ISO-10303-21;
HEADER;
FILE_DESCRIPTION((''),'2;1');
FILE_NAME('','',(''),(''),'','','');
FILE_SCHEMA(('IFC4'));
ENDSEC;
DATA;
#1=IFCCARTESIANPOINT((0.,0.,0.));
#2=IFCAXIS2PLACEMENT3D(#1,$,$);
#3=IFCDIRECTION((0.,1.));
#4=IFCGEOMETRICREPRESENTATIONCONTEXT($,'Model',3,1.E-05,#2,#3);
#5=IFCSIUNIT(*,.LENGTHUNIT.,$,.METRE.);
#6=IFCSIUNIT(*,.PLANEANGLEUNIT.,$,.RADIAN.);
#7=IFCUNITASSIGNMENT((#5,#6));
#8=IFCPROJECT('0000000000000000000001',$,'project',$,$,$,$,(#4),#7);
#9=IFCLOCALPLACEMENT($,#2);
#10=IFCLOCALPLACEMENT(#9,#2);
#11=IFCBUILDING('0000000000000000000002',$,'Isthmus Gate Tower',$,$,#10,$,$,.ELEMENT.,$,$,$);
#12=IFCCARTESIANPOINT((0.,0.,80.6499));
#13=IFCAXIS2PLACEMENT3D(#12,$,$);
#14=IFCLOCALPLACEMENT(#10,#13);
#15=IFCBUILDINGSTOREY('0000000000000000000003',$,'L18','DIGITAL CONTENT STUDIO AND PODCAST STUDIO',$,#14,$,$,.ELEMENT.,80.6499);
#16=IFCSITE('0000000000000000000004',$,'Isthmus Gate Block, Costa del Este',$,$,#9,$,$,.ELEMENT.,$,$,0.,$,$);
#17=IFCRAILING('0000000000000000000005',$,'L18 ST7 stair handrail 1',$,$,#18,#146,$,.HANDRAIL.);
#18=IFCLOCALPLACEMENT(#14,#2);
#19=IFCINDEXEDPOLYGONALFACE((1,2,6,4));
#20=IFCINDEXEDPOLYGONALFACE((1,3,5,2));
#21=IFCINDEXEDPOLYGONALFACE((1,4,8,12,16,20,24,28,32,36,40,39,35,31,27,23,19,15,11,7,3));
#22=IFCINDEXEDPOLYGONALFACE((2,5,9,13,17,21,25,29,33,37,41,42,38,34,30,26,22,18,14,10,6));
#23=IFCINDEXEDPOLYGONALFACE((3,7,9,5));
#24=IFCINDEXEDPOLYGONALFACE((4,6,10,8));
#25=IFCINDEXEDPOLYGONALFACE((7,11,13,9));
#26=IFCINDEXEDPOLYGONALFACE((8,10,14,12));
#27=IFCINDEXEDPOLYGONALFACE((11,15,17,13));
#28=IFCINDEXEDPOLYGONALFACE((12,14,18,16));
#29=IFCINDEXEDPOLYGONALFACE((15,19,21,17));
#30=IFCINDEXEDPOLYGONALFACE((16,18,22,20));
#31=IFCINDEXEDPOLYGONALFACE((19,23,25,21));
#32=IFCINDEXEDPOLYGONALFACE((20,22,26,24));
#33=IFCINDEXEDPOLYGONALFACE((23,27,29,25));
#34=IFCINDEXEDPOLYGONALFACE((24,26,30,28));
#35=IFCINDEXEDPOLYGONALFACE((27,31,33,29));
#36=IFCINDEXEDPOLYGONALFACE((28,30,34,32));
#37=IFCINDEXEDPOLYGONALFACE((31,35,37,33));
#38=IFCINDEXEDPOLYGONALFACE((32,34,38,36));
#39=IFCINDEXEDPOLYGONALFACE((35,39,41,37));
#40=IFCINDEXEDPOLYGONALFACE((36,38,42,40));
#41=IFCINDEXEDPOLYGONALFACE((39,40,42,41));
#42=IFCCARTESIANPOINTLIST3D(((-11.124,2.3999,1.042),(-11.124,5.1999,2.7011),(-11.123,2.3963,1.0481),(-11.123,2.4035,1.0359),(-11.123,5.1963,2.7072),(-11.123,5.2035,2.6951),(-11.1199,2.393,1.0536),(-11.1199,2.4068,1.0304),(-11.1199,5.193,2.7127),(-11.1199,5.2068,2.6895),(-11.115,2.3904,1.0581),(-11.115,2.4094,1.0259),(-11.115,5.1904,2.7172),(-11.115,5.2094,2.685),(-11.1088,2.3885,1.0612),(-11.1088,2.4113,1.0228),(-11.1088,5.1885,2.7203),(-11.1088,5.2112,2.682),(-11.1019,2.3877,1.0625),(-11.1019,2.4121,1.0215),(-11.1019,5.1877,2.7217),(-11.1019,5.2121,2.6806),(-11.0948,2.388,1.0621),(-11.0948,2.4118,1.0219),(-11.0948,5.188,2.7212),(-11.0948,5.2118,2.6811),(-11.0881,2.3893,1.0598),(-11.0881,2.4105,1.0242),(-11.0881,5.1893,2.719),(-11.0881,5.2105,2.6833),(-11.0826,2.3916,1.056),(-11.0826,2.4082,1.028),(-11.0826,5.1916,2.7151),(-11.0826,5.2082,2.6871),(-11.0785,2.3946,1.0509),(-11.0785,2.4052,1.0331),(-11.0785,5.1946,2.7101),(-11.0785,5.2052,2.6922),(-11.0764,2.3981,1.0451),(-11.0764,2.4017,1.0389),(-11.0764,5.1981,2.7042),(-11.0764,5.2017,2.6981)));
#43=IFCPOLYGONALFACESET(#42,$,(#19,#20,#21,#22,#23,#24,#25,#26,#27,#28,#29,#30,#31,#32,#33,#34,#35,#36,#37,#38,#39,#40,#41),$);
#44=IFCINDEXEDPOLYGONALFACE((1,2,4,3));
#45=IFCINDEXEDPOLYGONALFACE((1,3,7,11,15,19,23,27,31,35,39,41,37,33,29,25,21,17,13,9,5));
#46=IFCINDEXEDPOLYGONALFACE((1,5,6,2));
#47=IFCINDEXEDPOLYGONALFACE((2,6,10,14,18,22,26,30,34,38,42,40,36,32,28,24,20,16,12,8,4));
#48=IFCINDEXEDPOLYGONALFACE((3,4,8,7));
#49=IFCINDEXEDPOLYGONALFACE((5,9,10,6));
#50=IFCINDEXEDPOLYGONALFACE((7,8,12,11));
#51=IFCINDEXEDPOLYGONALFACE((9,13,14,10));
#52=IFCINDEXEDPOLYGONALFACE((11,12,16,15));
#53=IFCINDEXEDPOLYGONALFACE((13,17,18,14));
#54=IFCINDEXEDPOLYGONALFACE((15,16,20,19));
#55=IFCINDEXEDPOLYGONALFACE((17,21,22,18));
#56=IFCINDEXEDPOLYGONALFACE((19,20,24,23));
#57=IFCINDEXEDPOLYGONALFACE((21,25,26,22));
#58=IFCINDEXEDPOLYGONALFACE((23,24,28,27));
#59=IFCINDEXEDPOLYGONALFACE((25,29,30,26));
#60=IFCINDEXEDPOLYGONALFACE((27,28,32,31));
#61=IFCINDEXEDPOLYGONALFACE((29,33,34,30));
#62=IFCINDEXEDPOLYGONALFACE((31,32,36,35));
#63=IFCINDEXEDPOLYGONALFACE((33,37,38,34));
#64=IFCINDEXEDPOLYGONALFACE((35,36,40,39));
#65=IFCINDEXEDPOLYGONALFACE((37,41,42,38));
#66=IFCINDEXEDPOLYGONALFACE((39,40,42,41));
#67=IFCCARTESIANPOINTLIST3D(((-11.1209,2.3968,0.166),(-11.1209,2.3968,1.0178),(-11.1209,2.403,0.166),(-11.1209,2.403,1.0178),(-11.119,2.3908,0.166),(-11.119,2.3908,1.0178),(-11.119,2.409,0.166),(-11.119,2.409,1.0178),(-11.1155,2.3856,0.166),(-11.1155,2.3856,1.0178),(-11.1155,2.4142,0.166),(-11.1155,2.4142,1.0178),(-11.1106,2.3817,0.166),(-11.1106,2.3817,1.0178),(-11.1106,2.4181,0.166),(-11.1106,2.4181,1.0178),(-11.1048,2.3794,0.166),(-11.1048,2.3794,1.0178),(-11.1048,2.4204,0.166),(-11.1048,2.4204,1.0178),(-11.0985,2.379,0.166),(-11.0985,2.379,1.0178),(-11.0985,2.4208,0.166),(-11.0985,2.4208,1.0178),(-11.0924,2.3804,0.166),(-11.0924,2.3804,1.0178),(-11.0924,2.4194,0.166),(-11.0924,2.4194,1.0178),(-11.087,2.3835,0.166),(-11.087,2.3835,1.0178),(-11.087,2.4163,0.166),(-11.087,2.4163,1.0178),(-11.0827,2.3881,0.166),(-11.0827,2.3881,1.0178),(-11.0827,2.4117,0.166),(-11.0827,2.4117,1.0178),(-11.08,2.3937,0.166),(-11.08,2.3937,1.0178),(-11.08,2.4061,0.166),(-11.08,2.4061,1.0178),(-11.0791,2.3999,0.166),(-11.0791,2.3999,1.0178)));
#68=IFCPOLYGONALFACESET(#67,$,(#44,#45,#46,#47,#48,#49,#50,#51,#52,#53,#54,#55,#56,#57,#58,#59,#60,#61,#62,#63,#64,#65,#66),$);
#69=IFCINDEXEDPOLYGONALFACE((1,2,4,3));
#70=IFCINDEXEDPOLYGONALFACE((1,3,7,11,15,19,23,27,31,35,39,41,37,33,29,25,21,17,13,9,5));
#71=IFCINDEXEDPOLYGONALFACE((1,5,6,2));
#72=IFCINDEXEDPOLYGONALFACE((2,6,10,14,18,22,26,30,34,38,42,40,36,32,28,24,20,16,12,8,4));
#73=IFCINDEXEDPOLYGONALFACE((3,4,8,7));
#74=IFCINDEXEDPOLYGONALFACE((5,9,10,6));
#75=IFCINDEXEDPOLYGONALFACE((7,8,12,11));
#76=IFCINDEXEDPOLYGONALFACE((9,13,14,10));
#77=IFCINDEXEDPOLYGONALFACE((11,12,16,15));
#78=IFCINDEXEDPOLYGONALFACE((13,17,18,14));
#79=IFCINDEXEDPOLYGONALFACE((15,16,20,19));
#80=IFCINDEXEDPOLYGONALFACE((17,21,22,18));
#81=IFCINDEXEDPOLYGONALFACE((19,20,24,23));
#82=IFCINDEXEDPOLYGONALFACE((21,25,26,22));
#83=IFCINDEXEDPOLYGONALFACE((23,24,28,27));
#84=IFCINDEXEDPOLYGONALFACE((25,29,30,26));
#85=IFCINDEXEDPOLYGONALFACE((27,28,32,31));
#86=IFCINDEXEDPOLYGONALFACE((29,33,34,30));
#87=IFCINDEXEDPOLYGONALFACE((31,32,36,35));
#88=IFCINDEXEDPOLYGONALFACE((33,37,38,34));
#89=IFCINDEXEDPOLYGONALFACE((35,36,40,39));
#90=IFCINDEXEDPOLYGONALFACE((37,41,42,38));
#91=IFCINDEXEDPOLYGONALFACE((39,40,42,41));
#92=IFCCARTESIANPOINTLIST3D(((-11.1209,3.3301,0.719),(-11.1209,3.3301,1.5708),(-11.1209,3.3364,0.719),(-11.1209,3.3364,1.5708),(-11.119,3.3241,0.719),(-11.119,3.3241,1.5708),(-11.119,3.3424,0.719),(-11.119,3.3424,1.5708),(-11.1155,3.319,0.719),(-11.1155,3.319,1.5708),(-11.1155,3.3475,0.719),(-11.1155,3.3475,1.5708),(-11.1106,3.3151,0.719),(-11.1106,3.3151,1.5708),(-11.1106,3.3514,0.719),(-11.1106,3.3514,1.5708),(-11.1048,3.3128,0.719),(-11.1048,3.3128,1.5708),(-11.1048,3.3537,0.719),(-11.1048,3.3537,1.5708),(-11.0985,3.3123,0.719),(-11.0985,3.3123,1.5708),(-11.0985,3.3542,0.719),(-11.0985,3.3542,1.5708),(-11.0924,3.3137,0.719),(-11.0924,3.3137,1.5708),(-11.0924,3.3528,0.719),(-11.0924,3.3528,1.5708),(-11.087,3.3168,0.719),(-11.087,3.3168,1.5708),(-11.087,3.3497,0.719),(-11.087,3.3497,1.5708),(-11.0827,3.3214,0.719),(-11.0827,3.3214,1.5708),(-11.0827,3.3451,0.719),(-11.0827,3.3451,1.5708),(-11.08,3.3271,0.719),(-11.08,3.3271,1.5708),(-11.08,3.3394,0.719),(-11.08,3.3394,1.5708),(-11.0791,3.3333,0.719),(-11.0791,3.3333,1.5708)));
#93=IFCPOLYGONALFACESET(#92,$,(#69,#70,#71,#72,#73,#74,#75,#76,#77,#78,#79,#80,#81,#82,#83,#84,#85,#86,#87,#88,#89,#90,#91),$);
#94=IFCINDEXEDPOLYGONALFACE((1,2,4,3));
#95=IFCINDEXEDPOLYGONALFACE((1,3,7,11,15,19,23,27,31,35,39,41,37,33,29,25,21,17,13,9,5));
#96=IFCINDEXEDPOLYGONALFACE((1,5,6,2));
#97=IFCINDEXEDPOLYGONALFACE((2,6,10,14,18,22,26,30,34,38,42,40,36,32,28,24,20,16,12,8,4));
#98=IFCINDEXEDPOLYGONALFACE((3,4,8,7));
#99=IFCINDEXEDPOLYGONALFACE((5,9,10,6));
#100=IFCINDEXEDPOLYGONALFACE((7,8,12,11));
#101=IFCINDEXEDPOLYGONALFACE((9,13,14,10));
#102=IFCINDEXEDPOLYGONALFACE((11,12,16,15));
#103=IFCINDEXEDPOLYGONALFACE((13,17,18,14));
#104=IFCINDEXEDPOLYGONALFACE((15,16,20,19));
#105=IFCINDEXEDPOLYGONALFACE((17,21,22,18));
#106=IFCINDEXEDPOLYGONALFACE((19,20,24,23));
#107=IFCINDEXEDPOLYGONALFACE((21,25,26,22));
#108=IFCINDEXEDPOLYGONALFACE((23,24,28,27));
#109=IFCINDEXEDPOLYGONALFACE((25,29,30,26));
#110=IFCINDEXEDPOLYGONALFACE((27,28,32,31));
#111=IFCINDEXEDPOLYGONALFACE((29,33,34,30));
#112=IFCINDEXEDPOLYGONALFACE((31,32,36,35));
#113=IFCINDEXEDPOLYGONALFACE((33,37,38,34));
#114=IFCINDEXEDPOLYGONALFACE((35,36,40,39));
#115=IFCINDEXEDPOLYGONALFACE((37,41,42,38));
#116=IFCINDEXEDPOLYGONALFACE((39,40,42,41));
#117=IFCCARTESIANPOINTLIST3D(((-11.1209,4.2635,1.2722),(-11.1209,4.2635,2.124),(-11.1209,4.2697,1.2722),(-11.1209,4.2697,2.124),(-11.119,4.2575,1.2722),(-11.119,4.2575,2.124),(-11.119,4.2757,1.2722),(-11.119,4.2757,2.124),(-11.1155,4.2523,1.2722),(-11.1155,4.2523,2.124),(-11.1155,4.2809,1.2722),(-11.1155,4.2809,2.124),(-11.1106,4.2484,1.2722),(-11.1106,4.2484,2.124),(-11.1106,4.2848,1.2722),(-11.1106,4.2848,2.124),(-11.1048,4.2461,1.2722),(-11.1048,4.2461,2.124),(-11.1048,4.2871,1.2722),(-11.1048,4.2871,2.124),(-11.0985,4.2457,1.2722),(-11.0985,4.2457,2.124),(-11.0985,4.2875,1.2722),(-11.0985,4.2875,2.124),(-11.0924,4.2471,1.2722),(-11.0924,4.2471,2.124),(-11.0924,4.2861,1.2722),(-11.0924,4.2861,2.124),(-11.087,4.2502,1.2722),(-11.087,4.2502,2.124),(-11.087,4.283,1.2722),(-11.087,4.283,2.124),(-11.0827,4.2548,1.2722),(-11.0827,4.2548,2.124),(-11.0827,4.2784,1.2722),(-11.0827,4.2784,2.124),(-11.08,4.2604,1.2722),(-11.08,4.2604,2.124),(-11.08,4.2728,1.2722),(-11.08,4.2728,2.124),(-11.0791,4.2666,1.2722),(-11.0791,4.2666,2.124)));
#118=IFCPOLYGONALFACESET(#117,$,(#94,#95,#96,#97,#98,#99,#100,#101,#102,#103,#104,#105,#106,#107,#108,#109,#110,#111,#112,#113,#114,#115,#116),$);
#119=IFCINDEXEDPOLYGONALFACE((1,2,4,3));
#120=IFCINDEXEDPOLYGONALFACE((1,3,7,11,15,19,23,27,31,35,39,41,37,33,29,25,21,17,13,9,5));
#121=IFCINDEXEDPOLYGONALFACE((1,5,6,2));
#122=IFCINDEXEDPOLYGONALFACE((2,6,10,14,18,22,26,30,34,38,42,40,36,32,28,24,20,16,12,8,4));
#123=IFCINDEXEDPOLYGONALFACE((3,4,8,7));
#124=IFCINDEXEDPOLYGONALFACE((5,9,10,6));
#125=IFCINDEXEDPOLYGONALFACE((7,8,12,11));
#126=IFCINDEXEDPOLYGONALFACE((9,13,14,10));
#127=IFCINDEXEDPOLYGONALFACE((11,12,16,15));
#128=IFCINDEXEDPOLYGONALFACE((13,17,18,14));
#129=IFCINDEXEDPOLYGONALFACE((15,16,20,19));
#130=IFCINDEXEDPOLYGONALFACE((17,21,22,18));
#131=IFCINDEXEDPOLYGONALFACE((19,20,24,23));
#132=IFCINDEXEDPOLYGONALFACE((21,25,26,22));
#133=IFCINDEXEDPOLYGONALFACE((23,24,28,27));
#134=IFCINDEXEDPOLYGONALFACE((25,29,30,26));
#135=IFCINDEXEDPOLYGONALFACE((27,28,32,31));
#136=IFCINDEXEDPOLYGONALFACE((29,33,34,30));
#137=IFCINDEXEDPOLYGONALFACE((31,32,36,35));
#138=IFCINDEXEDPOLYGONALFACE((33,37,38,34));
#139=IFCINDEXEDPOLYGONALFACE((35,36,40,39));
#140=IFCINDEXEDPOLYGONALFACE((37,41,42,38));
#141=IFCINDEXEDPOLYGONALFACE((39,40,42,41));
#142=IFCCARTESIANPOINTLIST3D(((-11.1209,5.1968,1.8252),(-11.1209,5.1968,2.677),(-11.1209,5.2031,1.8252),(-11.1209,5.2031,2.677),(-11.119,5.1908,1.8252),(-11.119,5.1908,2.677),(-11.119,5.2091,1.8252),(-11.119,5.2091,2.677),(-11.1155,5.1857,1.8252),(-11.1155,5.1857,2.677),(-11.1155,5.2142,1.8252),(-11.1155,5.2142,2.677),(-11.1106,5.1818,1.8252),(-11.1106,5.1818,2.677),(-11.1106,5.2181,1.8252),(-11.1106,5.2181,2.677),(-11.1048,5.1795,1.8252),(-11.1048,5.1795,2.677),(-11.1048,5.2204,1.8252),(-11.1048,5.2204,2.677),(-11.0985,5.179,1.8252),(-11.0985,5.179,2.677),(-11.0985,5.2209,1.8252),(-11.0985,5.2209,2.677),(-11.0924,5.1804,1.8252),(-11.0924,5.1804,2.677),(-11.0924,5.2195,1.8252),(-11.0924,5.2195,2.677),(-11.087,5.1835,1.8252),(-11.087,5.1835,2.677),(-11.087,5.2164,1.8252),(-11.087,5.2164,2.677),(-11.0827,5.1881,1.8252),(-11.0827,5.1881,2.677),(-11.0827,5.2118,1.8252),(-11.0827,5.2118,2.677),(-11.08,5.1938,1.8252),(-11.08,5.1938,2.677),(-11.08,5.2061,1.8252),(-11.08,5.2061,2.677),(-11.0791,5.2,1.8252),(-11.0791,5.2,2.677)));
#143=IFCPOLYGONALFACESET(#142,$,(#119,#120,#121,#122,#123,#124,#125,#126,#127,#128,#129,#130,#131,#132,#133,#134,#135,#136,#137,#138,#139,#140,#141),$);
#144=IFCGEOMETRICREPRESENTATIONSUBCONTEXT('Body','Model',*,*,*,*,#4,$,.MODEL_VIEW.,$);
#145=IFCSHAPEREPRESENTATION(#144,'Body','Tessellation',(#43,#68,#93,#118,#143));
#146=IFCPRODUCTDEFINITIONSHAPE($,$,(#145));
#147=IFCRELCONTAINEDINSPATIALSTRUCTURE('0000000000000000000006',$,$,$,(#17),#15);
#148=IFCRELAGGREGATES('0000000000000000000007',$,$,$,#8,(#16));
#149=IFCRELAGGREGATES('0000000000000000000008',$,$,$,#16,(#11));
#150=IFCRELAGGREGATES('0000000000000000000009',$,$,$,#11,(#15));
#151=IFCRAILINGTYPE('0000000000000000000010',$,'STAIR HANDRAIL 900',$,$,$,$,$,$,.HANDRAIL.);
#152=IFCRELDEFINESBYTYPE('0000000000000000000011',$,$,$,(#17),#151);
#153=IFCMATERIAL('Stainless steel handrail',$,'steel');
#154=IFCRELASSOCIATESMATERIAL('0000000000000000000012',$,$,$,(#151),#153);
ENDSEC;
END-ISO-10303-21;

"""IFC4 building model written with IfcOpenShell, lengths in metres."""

from ifc_helpers import new_model, si_unit, direction, frame, origin, origin_2d, place, context, subcontext, project, spatial, circle, extrude, material, type_object, element, save


model = new_model("IFC4")

# Units and contexts
model_context = context("Model", 3, precision=1e-05, world=origin(), true_north=direction((0.0, 1.0)))
body_context = subcontext(model_context, "Body", "Model", "MODEL_VIEW")
ifc_project = project(units=[si_unit("LENGTHUNIT", "METRE"), si_unit("PLANEANGLEUNIT", "RADIAN")], contexts=[model_context])

# Site, building, storey
site_placement = place(None, origin())
site = spatial("IfcSite", under=ifc_project, at=site_placement, Name="Isthmus Gate Block, Costa del Este", CompositionType="ELEMENT", RefElevation=0.0)
building_placement = place(site_placement, origin())
building = spatial("IfcBuilding", under=site, at=building_placement, Name="Isthmus Gate Tower", CompositionType="ELEMENT")
storey_placement = place(building_placement, frame((0.0, 0.0, 80.6499)))
storey = spatial("IfcBuildingStorey", under=building, at=storey_placement, Name="L18", Description="DIGITAL CONTENT STUDIO AND PODCAST STUDIO", CompositionType="ELEMENT", Elevation=80.6499)

# Railing
ifc_material_1 = material(Name="Stainless steel handrail", Category="steel")
railing_type_1 = type_object("IfcRailingType", Name="STAIR HANDRAIL 900", PredefinedType="HANDRAIL", material=ifc_material_1)
railing_1_placement = place(storey_placement, frame((-11.1001, 2.3999, 0.166)))
element("IfcRailing", 1, at=railing_1_placement, inside=storey, type_object=railing_type_1, Name="L18 ST7 stair handrail 1", PredefinedType="HANDRAIL", context=body_context, shape_type="SweptSolid", body=[
    extrude(circle(Radius=0.0239, at=origin_2d()), frame((0.0, 0.0, 0.876), z_axis=(0.0, 0.860306, 0.509778), x_axis=(-1.0, 0.0, 0.0)), (0.0, 0.0, 1.0), 3.2546),
    extrude(circle(Radius=0.021, at=origin_2d()), origin(), (0.0, 0.0, 1.0), 0.8518),
    extrude(circle(Radius=0.021, at=origin_2d()), frame((0.0, 0.9333, 0.553)), (0.0, 0.0, 1.0), 0.8518),
    extrude(circle(Radius=0.021, at=origin_2d()), frame((0.0, 1.8667, 1.1062)), (0.0, 0.0, 1.0), 0.8518),
    extrude(circle(Radius=0.021, at=origin_2d()), frame((0.0, 2.8, 1.6592)), (0.0, 0.0, 1.0), 0.8518),
])

save(model, "model.ifc")
